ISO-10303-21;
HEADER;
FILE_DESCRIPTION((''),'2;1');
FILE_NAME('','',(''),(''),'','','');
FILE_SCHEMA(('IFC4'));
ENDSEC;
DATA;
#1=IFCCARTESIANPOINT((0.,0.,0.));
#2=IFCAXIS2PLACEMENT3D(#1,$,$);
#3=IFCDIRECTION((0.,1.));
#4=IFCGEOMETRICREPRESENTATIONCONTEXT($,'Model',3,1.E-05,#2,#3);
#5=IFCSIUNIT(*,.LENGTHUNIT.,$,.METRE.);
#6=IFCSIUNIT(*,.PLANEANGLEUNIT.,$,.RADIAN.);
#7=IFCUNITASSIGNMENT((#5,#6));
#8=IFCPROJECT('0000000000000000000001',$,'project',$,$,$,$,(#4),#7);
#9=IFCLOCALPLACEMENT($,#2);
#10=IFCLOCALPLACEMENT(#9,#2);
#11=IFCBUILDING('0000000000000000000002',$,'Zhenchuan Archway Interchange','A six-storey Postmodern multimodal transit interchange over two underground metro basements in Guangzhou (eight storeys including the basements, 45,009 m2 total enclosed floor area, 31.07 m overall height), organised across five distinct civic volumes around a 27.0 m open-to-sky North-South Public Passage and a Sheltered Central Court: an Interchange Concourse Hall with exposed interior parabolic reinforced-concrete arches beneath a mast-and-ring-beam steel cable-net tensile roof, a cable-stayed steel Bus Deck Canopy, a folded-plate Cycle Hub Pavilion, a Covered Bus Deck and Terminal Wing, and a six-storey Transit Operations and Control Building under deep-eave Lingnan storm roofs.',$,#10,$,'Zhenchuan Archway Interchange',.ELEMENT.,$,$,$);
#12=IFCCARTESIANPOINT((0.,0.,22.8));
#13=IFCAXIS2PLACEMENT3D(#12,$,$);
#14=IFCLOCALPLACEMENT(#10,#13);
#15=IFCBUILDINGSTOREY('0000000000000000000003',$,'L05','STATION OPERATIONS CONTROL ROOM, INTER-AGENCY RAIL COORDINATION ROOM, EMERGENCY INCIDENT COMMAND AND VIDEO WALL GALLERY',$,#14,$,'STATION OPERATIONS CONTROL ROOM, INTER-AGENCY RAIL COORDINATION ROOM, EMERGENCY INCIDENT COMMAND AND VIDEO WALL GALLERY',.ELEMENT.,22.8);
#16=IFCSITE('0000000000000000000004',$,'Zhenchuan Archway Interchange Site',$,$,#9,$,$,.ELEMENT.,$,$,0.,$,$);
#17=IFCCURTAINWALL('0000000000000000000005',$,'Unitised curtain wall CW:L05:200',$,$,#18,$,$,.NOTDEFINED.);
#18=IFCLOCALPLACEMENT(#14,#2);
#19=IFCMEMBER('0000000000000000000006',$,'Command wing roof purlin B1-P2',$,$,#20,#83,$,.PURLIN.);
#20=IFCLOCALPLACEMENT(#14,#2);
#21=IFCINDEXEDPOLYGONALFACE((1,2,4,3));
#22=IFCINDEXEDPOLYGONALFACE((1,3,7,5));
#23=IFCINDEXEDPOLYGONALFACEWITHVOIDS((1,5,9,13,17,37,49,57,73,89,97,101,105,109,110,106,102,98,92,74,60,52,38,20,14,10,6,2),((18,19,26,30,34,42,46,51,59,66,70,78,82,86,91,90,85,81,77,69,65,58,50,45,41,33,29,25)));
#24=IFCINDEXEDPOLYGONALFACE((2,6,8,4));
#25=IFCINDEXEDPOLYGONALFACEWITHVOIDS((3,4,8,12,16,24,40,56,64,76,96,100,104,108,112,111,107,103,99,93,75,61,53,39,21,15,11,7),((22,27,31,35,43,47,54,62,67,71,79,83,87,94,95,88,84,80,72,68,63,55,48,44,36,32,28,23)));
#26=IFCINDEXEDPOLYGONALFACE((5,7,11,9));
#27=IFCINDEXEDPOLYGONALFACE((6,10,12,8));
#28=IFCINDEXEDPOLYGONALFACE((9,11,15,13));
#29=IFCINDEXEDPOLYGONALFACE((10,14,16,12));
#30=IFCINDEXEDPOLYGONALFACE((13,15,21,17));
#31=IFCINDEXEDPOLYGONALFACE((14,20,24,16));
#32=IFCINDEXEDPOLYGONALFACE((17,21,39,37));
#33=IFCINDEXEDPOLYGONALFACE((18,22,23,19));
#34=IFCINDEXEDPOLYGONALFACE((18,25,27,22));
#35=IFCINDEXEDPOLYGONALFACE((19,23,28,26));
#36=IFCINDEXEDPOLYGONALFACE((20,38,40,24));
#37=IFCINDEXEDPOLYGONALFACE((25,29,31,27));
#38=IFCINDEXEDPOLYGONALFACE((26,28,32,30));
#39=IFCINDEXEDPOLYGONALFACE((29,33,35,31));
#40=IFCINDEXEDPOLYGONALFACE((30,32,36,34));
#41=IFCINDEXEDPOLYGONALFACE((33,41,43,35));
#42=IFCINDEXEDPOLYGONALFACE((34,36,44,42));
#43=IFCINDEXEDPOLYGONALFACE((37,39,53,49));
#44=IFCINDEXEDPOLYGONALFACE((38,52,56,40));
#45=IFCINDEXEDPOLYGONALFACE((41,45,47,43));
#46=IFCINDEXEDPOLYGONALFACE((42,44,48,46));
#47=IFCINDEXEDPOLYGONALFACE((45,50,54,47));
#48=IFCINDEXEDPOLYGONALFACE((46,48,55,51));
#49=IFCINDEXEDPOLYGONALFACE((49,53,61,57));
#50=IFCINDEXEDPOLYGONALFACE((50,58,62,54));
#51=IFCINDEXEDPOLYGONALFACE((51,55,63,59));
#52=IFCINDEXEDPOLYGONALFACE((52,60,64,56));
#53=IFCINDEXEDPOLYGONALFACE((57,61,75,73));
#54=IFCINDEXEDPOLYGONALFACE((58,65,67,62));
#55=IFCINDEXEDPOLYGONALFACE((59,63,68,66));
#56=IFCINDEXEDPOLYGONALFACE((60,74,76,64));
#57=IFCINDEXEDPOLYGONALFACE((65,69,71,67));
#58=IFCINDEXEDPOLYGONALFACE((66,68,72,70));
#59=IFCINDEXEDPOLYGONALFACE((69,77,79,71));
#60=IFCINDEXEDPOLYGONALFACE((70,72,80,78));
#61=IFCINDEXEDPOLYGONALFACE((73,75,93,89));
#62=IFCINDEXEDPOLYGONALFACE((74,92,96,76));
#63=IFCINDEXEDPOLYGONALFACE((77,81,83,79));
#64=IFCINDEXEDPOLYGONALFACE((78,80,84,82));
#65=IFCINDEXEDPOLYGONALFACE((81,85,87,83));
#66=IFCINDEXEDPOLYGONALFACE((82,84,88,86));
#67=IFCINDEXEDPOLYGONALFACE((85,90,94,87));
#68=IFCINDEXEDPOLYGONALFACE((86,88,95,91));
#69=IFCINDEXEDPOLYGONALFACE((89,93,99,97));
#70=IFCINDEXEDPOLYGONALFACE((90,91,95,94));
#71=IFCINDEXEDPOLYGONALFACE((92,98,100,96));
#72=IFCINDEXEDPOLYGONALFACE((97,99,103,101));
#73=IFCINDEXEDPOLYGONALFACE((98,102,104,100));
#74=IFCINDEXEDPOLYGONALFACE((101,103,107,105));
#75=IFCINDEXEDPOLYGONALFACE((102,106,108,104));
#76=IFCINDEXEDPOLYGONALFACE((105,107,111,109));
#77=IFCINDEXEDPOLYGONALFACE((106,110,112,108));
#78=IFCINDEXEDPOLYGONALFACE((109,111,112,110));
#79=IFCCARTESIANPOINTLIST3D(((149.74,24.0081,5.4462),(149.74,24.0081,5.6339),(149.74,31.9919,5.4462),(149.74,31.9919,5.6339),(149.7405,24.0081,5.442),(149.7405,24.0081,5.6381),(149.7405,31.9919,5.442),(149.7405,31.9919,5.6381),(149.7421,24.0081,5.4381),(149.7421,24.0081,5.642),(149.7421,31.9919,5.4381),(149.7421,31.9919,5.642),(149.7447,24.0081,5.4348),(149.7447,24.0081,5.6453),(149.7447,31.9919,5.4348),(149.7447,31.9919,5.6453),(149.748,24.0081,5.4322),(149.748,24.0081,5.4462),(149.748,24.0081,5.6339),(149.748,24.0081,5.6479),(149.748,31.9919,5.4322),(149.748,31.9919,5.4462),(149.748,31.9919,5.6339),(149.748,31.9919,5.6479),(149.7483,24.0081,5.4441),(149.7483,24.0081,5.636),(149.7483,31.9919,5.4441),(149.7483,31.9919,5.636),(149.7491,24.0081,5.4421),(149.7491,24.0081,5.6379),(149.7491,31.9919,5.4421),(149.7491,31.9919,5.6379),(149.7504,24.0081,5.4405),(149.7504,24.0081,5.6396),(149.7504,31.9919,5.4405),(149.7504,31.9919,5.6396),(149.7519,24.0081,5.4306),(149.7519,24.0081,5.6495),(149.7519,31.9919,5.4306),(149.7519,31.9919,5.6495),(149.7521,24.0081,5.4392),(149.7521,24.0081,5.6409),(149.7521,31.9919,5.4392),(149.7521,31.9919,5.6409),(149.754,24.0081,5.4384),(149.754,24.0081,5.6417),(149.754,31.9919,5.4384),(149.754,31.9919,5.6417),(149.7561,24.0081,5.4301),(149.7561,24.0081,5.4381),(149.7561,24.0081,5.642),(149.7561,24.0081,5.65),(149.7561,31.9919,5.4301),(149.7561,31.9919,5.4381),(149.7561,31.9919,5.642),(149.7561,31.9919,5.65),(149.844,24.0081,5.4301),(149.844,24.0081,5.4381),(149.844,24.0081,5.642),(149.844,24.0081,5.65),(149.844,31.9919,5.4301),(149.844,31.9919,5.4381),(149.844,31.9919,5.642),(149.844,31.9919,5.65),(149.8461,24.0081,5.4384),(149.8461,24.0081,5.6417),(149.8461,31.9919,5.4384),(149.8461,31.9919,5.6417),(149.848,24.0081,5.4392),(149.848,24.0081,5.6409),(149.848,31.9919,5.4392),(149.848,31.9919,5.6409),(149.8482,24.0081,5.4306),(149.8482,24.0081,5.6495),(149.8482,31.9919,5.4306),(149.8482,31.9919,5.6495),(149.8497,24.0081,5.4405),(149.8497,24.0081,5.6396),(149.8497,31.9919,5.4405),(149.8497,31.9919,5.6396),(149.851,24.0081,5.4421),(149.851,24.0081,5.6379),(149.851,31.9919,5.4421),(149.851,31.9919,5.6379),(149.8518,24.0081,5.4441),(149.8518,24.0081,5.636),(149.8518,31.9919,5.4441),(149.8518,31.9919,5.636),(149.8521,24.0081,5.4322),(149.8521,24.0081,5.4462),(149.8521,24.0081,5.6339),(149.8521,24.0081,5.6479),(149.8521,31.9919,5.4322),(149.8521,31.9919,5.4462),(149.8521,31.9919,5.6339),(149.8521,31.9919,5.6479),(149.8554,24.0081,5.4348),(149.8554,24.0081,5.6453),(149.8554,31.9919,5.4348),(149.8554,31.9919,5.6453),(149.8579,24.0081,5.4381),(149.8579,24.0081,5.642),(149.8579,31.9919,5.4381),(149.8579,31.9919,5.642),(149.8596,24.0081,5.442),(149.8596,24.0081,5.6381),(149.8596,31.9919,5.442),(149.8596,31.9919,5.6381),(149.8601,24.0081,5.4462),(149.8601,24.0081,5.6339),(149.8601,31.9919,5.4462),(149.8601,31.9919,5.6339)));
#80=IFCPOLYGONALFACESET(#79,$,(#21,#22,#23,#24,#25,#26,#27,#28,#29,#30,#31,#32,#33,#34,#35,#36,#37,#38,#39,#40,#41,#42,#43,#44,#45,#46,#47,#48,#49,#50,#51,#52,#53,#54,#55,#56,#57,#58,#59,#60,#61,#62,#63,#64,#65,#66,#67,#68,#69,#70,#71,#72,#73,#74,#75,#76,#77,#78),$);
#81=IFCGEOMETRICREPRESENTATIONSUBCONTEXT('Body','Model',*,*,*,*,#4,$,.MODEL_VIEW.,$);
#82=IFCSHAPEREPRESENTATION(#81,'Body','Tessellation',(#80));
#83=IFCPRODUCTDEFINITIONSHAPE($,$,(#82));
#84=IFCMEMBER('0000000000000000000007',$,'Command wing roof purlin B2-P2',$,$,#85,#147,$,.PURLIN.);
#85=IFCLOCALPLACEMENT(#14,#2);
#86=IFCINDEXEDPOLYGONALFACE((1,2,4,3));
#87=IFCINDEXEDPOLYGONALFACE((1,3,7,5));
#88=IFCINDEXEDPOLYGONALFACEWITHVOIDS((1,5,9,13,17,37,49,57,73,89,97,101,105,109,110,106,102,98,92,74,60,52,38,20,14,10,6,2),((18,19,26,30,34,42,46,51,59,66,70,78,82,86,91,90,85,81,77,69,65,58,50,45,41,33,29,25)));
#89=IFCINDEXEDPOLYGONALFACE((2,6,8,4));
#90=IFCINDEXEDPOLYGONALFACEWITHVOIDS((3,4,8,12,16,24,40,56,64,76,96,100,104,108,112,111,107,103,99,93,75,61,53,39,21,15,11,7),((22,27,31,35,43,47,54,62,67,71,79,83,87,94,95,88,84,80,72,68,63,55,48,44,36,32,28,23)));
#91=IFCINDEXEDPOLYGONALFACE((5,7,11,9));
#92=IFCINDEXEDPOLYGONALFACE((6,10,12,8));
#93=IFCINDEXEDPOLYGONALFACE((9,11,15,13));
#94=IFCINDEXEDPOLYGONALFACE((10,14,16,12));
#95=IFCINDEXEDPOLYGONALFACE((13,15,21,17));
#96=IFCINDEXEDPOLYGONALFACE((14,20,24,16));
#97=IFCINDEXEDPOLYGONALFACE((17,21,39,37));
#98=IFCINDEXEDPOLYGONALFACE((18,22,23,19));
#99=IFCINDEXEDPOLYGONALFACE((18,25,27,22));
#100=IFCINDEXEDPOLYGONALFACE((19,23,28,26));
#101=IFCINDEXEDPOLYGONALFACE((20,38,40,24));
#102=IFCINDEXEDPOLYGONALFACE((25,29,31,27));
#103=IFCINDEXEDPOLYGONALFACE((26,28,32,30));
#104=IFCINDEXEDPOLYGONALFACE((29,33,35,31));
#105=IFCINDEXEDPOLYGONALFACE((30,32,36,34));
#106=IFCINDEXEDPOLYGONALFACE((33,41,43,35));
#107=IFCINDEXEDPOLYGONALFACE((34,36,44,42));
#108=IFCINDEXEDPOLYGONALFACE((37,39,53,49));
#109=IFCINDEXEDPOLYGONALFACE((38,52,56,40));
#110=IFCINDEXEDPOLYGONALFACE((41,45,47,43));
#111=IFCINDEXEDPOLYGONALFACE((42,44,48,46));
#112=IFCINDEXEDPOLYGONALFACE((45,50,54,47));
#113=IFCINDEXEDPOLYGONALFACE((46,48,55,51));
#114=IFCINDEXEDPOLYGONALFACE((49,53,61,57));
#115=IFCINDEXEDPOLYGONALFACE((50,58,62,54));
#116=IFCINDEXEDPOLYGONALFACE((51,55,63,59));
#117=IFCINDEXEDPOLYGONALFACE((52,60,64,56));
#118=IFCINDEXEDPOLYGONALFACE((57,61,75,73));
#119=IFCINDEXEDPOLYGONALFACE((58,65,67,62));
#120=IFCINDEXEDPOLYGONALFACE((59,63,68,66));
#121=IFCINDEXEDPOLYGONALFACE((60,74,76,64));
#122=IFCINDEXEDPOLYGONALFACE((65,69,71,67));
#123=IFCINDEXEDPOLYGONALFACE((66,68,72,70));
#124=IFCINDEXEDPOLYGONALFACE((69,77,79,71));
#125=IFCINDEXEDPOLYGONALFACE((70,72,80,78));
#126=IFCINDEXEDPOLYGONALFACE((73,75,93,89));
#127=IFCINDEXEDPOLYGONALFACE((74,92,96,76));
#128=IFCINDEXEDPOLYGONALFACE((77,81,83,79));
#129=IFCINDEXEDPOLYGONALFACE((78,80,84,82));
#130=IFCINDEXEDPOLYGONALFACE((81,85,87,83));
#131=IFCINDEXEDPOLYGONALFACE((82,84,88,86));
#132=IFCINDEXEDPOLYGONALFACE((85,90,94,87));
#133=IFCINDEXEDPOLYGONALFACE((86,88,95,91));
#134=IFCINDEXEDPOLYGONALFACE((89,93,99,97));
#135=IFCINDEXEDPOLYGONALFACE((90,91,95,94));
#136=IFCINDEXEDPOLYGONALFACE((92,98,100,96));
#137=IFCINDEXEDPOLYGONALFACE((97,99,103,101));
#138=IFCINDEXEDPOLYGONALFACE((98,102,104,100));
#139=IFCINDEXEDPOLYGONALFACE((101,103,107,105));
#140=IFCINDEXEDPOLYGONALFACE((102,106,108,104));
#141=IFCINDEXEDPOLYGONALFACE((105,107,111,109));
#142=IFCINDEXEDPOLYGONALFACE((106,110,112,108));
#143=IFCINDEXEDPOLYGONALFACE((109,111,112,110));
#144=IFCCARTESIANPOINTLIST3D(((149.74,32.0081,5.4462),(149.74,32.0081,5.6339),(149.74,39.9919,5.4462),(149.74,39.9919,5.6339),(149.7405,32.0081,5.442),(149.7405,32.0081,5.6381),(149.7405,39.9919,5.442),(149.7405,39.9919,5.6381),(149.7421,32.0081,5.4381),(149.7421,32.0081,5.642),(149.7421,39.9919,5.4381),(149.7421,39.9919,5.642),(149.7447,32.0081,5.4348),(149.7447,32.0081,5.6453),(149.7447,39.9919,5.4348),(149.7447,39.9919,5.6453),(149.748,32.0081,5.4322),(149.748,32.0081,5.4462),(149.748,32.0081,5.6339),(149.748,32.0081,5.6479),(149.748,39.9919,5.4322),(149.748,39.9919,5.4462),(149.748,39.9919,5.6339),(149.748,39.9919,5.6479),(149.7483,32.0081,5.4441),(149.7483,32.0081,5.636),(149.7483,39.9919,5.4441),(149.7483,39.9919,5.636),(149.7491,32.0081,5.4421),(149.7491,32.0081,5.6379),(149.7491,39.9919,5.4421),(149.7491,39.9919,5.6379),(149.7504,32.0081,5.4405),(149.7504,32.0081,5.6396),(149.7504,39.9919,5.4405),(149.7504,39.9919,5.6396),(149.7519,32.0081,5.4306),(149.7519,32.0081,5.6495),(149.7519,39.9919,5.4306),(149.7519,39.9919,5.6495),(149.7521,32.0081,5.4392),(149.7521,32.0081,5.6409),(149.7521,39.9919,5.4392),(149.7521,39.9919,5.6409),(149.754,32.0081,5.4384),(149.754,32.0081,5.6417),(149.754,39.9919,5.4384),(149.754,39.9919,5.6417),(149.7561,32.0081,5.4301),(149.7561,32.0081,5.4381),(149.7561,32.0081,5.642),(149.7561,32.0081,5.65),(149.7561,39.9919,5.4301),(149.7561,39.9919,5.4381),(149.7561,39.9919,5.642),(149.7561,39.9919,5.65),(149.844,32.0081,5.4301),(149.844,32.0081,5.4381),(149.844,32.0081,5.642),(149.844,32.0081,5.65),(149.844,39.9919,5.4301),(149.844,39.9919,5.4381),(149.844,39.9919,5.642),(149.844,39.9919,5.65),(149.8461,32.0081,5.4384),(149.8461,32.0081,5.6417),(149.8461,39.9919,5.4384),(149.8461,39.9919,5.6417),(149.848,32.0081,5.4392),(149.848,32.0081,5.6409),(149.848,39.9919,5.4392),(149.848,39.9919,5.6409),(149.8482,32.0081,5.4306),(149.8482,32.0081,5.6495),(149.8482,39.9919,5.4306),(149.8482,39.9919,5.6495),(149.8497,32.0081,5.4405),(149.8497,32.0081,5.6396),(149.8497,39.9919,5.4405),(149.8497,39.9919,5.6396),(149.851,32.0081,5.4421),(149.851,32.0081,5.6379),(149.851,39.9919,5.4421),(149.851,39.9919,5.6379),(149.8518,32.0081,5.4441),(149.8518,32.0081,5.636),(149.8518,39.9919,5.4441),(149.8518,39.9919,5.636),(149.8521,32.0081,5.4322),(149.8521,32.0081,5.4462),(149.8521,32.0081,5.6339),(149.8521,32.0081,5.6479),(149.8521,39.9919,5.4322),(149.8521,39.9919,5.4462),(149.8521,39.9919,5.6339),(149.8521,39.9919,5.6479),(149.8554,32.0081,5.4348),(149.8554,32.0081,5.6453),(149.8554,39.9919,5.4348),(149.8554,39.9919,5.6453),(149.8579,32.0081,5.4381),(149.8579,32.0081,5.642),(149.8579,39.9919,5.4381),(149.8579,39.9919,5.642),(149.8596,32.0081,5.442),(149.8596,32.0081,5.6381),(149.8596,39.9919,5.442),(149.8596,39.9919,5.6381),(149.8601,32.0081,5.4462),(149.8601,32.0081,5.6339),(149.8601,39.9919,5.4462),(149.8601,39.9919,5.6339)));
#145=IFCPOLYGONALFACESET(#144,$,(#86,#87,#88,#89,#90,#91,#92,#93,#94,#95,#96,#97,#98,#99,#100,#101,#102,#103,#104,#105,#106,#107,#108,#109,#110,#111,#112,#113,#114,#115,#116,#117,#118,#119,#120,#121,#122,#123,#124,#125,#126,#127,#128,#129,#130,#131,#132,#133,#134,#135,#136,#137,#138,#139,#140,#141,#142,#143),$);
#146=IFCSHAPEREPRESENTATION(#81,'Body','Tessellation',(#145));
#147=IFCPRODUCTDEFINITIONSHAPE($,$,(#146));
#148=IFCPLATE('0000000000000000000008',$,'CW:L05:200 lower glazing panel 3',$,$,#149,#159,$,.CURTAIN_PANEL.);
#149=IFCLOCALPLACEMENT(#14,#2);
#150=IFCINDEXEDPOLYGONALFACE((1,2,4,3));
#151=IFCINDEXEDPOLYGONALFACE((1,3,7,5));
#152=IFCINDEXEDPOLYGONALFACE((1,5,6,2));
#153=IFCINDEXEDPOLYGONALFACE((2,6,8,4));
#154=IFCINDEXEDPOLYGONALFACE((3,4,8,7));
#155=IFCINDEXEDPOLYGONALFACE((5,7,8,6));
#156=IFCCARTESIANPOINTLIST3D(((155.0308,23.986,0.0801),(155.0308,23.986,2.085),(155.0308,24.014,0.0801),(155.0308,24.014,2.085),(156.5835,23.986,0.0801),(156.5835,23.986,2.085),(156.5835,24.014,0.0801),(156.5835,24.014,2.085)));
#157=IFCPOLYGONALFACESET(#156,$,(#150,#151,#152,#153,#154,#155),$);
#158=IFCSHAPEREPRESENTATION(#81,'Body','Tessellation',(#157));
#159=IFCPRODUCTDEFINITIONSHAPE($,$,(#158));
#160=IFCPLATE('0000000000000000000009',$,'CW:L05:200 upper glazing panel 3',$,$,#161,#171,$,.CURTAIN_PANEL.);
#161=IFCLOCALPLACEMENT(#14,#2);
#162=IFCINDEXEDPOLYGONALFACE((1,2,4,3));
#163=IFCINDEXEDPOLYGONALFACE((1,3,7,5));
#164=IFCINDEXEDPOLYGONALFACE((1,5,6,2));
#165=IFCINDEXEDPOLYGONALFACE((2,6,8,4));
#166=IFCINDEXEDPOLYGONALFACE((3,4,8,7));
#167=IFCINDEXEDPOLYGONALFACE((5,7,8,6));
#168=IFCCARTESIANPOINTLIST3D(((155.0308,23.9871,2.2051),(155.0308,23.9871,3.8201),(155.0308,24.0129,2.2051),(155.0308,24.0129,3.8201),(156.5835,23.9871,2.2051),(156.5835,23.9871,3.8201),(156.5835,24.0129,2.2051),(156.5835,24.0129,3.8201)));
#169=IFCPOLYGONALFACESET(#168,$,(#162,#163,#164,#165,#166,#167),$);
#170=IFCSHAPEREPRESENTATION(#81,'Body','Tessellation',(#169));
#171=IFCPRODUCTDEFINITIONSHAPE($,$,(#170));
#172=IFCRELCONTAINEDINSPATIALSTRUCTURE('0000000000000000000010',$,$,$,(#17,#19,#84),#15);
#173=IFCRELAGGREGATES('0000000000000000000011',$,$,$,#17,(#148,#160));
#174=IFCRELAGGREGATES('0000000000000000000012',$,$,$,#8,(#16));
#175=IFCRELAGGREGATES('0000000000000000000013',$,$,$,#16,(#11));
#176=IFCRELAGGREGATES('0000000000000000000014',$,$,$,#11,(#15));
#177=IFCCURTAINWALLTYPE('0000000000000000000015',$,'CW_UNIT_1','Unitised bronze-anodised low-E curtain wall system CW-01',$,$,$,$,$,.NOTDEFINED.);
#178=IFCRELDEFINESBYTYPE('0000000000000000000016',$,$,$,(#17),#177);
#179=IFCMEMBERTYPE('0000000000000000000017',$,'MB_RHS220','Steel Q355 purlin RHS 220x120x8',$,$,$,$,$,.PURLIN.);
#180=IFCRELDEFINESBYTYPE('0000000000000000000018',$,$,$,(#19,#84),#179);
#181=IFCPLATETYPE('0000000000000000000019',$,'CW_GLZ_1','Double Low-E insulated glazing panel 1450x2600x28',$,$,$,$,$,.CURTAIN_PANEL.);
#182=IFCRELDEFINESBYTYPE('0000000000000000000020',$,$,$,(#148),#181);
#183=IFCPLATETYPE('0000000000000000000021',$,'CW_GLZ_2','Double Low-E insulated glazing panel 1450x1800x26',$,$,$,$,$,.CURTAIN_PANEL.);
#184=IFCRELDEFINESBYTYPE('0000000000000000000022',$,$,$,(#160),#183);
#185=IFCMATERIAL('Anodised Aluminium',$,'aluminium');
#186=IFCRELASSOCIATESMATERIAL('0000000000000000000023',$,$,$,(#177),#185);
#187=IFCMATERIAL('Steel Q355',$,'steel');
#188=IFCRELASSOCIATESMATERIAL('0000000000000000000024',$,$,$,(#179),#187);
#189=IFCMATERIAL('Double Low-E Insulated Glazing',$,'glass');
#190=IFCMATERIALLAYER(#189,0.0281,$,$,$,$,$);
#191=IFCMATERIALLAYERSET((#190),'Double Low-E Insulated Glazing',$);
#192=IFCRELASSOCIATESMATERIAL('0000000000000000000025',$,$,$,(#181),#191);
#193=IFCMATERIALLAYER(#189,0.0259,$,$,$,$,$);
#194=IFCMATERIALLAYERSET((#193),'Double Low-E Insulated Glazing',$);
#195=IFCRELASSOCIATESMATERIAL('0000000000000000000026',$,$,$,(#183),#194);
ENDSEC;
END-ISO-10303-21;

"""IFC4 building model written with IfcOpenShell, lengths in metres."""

from ifc_helpers import new_model, si_unit, direction, frame, origin, origin_2d, place, context, subcontext, project, spatial, rectangle, hollow_rectangle, extrude, material, layer, layer_set, material_profile, profile_set, type_object, element, aggregate, save


model = new_model("IFC4")

# Units and contexts
model_context = context("Model", 3, precision=1e-05, world=origin(), true_north=direction((0.0, 1.0)))
body_context = subcontext(model_context, "Body", "Model", "MODEL_VIEW")
ifc_project = project(units=[si_unit("LENGTHUNIT", "METRE"), si_unit("PLANEANGLEUNIT", "RADIAN")], contexts=[model_context])

# Site, building, storey
site_placement = place(None, origin())
site = spatial("IfcSite", under=ifc_project, at=site_placement, Name="Zhenchuan Archway Interchange Site", CompositionType="ELEMENT", RefElevation=0.0)
building_placement = place(site_placement, origin())
building = spatial("IfcBuilding", under=site, at=building_placement, Name="Zhenchuan Archway Interchange", Description="A six-storey Postmodern multimodal transit interchange over two underground metro basements in Guangzhou (eight storeys including the basements, 45,009 m2 total enclosed floor area, 31.07 m overall height), organised across five distinct civic volumes around a 27.0 m open-to-sky North-South Public Passage and a Sheltered Central Court: an Interchange Concourse Hall with exposed interior parabolic reinforced-concrete arches beneath a mast-and-ring-beam steel cable-net tensile roof, a cable-stayed steel Bus Deck Canopy, a folded-plate Cycle Hub Pavilion, a Covered Bus Deck and Terminal Wing, and a six-storey Transit Operations and Control Building under deep-eave Lingnan storm roofs.", LongName="Zhenchuan Archway Interchange", CompositionType="ELEMENT")
storey_placement = place(building_placement, frame((0.0, 0.0, 22.8)))
storey = spatial("IfcBuildingStorey", under=building, at=storey_placement, Name="L05", Description="STATION OPERATIONS CONTROL ROOM, INTER-AGENCY RAIL COORDINATION ROOM, EMERGENCY INCIDENT COMMAND AND VIDEO WALL GALLERY", LongName="STATION OPERATIONS CONTROL ROOM, INTER-AGENCY RAIL COORDINATION ROOM, EMERGENCY INCIDENT COMMAND AND VIDEO WALL GALLERY", CompositionType="ELEMENT", Elevation=22.8)

# Shared definitions
ifc_material_1 = material(Name="Steel Q355", Category="steel")

# Curtain wall
ifc_material_2 = material(Name="Anodised Aluminium", Category="aluminium")
curtain_wall_type = type_object("IfcCurtainWallType", Name="CW_UNIT_1", Description="Unitised bronze-anodised low-E curtain wall system CW-01", PredefinedType="NOTDEFINED", material=ifc_material_2)
curtain_wall_placement = place(storey_placement, origin())
curtain_wall = element("IfcCurtainWall", 1, at=curtain_wall_placement, inside=storey, type_object=curtain_wall_type, Name="Unitised curtain wall CW:L05:200", PredefinedType="NOTDEFINED")

# Members
ifc_material_profile_1 = material_profile(ifc_material_1, hollow_rectangle(XDim=0.1201, YDim=0.22, WallThickness=0.0081, InnerFilletRadius=0.0081, OuterFilletRadius=0.0161, at=origin_2d()), Name="RHS 220x120x8")
ifc_profile_set_1 = profile_set([ifc_material_profile_1], Name="Steel Q355")
member_type_1 = type_object("IfcMemberType", Name="MB_RHS220", Description="Steel Q355 purlin RHS 220x120x8", PredefinedType="PURLIN", material=ifc_profile_set_1)
for number, where, z_axis, x_axis, name in (
    (2, (149.8, 24.0081, 5.54), (0.0, 1.0, 0.0), (-1.0, 0.0, 0.0), "Command wing roof purlin B1-P2"),
    (3, (149.8, 32.0081, 5.54), (0.0, 1.0, 0.0), (-1.0, 0.0, 0.0), "Command wing roof purlin B2-P2"),
):
    element("IfcMember", number, at=place(storey_placement, frame(where, z_axis=z_axis, x_axis=x_axis)), inside=storey, type_object=member_type_1, Name=name, PredefinedType="PURLIN", context=body_context, shape_type="SweptSolid", body=[
        extrude(hollow_rectangle(XDim=0.1201, YDim=0.22, WallThickness=0.0081, InnerFilletRadius=0.0081, OuterFilletRadius=0.0161, at=origin_2d()), origin(), (0.0, 0.0, 1.0), 7.9839),
    ])

# Plates
ifc_material_3 = material(Name="Double Low-E Insulated Glazing", Category="glass")
ifc_layer_1 = layer(ifc_material_3, 0.0281)
ifc_layer_set_1 = layer_set([ifc_layer_1], Name="Double Low-E Insulated Glazing")
plate_type_1 = type_object("IfcPlateType", Name="CW_GLZ_1", Description="Double Low-E insulated glazing panel 1450x2600x28", PredefinedType="CURTAIN_PANEL", material=ifc_layer_set_1)
plate_1_placement = place(storey_placement, frame((155.8071, 24.0, 0.0801), z_axis=(0.0, 0.0, 1.0), x_axis=(-1.0, 0.0, 0.0)))
plate_1 = element("IfcPlate", 4, at=plate_1_placement, type_object=plate_type_1, Name="CW:L05:200 lower glazing panel 3", PredefinedType="CURTAIN_PANEL", context=body_context, shape_type="SweptSolid", body=[
    extrude(rectangle(XDim=1.5527, YDim=0.0281, at=origin_2d()), origin(), (0.0, 0.0, 1.0), 2.0049),
])
ifc_layer_2 = layer(ifc_material_3, 0.0259)
ifc_layer_set_2 = layer_set([ifc_layer_2], Name="Double Low-E Insulated Glazing")
plate_type_2 = type_object("IfcPlateType", Name="CW_GLZ_2", Description="Double Low-E insulated glazing panel 1450x1800x26", PredefinedType="CURTAIN_PANEL", material=ifc_layer_set_2)
plate_2_placement = place(storey_placement, frame((155.8071, 24.0, 2.2051), z_axis=(0.0, 0.0, 1.0), x_axis=(-1.0, 0.0, 0.0)))
plate_2 = element("IfcPlate", 5, at=plate_2_placement, type_object=plate_type_2, Name="CW:L05:200 upper glazing panel 3", PredefinedType="CURTAIN_PANEL", context=body_context, shape_type="SweptSolid", body=[
    extrude(rectangle(XDim=1.5527, YDim=0.0259, at=origin_2d()), origin(), (0.0, 0.0, 1.0), 1.615),
])
aggregate(curtain_wall, [plate_1, plate_2])

save(model, "model.ifc")
